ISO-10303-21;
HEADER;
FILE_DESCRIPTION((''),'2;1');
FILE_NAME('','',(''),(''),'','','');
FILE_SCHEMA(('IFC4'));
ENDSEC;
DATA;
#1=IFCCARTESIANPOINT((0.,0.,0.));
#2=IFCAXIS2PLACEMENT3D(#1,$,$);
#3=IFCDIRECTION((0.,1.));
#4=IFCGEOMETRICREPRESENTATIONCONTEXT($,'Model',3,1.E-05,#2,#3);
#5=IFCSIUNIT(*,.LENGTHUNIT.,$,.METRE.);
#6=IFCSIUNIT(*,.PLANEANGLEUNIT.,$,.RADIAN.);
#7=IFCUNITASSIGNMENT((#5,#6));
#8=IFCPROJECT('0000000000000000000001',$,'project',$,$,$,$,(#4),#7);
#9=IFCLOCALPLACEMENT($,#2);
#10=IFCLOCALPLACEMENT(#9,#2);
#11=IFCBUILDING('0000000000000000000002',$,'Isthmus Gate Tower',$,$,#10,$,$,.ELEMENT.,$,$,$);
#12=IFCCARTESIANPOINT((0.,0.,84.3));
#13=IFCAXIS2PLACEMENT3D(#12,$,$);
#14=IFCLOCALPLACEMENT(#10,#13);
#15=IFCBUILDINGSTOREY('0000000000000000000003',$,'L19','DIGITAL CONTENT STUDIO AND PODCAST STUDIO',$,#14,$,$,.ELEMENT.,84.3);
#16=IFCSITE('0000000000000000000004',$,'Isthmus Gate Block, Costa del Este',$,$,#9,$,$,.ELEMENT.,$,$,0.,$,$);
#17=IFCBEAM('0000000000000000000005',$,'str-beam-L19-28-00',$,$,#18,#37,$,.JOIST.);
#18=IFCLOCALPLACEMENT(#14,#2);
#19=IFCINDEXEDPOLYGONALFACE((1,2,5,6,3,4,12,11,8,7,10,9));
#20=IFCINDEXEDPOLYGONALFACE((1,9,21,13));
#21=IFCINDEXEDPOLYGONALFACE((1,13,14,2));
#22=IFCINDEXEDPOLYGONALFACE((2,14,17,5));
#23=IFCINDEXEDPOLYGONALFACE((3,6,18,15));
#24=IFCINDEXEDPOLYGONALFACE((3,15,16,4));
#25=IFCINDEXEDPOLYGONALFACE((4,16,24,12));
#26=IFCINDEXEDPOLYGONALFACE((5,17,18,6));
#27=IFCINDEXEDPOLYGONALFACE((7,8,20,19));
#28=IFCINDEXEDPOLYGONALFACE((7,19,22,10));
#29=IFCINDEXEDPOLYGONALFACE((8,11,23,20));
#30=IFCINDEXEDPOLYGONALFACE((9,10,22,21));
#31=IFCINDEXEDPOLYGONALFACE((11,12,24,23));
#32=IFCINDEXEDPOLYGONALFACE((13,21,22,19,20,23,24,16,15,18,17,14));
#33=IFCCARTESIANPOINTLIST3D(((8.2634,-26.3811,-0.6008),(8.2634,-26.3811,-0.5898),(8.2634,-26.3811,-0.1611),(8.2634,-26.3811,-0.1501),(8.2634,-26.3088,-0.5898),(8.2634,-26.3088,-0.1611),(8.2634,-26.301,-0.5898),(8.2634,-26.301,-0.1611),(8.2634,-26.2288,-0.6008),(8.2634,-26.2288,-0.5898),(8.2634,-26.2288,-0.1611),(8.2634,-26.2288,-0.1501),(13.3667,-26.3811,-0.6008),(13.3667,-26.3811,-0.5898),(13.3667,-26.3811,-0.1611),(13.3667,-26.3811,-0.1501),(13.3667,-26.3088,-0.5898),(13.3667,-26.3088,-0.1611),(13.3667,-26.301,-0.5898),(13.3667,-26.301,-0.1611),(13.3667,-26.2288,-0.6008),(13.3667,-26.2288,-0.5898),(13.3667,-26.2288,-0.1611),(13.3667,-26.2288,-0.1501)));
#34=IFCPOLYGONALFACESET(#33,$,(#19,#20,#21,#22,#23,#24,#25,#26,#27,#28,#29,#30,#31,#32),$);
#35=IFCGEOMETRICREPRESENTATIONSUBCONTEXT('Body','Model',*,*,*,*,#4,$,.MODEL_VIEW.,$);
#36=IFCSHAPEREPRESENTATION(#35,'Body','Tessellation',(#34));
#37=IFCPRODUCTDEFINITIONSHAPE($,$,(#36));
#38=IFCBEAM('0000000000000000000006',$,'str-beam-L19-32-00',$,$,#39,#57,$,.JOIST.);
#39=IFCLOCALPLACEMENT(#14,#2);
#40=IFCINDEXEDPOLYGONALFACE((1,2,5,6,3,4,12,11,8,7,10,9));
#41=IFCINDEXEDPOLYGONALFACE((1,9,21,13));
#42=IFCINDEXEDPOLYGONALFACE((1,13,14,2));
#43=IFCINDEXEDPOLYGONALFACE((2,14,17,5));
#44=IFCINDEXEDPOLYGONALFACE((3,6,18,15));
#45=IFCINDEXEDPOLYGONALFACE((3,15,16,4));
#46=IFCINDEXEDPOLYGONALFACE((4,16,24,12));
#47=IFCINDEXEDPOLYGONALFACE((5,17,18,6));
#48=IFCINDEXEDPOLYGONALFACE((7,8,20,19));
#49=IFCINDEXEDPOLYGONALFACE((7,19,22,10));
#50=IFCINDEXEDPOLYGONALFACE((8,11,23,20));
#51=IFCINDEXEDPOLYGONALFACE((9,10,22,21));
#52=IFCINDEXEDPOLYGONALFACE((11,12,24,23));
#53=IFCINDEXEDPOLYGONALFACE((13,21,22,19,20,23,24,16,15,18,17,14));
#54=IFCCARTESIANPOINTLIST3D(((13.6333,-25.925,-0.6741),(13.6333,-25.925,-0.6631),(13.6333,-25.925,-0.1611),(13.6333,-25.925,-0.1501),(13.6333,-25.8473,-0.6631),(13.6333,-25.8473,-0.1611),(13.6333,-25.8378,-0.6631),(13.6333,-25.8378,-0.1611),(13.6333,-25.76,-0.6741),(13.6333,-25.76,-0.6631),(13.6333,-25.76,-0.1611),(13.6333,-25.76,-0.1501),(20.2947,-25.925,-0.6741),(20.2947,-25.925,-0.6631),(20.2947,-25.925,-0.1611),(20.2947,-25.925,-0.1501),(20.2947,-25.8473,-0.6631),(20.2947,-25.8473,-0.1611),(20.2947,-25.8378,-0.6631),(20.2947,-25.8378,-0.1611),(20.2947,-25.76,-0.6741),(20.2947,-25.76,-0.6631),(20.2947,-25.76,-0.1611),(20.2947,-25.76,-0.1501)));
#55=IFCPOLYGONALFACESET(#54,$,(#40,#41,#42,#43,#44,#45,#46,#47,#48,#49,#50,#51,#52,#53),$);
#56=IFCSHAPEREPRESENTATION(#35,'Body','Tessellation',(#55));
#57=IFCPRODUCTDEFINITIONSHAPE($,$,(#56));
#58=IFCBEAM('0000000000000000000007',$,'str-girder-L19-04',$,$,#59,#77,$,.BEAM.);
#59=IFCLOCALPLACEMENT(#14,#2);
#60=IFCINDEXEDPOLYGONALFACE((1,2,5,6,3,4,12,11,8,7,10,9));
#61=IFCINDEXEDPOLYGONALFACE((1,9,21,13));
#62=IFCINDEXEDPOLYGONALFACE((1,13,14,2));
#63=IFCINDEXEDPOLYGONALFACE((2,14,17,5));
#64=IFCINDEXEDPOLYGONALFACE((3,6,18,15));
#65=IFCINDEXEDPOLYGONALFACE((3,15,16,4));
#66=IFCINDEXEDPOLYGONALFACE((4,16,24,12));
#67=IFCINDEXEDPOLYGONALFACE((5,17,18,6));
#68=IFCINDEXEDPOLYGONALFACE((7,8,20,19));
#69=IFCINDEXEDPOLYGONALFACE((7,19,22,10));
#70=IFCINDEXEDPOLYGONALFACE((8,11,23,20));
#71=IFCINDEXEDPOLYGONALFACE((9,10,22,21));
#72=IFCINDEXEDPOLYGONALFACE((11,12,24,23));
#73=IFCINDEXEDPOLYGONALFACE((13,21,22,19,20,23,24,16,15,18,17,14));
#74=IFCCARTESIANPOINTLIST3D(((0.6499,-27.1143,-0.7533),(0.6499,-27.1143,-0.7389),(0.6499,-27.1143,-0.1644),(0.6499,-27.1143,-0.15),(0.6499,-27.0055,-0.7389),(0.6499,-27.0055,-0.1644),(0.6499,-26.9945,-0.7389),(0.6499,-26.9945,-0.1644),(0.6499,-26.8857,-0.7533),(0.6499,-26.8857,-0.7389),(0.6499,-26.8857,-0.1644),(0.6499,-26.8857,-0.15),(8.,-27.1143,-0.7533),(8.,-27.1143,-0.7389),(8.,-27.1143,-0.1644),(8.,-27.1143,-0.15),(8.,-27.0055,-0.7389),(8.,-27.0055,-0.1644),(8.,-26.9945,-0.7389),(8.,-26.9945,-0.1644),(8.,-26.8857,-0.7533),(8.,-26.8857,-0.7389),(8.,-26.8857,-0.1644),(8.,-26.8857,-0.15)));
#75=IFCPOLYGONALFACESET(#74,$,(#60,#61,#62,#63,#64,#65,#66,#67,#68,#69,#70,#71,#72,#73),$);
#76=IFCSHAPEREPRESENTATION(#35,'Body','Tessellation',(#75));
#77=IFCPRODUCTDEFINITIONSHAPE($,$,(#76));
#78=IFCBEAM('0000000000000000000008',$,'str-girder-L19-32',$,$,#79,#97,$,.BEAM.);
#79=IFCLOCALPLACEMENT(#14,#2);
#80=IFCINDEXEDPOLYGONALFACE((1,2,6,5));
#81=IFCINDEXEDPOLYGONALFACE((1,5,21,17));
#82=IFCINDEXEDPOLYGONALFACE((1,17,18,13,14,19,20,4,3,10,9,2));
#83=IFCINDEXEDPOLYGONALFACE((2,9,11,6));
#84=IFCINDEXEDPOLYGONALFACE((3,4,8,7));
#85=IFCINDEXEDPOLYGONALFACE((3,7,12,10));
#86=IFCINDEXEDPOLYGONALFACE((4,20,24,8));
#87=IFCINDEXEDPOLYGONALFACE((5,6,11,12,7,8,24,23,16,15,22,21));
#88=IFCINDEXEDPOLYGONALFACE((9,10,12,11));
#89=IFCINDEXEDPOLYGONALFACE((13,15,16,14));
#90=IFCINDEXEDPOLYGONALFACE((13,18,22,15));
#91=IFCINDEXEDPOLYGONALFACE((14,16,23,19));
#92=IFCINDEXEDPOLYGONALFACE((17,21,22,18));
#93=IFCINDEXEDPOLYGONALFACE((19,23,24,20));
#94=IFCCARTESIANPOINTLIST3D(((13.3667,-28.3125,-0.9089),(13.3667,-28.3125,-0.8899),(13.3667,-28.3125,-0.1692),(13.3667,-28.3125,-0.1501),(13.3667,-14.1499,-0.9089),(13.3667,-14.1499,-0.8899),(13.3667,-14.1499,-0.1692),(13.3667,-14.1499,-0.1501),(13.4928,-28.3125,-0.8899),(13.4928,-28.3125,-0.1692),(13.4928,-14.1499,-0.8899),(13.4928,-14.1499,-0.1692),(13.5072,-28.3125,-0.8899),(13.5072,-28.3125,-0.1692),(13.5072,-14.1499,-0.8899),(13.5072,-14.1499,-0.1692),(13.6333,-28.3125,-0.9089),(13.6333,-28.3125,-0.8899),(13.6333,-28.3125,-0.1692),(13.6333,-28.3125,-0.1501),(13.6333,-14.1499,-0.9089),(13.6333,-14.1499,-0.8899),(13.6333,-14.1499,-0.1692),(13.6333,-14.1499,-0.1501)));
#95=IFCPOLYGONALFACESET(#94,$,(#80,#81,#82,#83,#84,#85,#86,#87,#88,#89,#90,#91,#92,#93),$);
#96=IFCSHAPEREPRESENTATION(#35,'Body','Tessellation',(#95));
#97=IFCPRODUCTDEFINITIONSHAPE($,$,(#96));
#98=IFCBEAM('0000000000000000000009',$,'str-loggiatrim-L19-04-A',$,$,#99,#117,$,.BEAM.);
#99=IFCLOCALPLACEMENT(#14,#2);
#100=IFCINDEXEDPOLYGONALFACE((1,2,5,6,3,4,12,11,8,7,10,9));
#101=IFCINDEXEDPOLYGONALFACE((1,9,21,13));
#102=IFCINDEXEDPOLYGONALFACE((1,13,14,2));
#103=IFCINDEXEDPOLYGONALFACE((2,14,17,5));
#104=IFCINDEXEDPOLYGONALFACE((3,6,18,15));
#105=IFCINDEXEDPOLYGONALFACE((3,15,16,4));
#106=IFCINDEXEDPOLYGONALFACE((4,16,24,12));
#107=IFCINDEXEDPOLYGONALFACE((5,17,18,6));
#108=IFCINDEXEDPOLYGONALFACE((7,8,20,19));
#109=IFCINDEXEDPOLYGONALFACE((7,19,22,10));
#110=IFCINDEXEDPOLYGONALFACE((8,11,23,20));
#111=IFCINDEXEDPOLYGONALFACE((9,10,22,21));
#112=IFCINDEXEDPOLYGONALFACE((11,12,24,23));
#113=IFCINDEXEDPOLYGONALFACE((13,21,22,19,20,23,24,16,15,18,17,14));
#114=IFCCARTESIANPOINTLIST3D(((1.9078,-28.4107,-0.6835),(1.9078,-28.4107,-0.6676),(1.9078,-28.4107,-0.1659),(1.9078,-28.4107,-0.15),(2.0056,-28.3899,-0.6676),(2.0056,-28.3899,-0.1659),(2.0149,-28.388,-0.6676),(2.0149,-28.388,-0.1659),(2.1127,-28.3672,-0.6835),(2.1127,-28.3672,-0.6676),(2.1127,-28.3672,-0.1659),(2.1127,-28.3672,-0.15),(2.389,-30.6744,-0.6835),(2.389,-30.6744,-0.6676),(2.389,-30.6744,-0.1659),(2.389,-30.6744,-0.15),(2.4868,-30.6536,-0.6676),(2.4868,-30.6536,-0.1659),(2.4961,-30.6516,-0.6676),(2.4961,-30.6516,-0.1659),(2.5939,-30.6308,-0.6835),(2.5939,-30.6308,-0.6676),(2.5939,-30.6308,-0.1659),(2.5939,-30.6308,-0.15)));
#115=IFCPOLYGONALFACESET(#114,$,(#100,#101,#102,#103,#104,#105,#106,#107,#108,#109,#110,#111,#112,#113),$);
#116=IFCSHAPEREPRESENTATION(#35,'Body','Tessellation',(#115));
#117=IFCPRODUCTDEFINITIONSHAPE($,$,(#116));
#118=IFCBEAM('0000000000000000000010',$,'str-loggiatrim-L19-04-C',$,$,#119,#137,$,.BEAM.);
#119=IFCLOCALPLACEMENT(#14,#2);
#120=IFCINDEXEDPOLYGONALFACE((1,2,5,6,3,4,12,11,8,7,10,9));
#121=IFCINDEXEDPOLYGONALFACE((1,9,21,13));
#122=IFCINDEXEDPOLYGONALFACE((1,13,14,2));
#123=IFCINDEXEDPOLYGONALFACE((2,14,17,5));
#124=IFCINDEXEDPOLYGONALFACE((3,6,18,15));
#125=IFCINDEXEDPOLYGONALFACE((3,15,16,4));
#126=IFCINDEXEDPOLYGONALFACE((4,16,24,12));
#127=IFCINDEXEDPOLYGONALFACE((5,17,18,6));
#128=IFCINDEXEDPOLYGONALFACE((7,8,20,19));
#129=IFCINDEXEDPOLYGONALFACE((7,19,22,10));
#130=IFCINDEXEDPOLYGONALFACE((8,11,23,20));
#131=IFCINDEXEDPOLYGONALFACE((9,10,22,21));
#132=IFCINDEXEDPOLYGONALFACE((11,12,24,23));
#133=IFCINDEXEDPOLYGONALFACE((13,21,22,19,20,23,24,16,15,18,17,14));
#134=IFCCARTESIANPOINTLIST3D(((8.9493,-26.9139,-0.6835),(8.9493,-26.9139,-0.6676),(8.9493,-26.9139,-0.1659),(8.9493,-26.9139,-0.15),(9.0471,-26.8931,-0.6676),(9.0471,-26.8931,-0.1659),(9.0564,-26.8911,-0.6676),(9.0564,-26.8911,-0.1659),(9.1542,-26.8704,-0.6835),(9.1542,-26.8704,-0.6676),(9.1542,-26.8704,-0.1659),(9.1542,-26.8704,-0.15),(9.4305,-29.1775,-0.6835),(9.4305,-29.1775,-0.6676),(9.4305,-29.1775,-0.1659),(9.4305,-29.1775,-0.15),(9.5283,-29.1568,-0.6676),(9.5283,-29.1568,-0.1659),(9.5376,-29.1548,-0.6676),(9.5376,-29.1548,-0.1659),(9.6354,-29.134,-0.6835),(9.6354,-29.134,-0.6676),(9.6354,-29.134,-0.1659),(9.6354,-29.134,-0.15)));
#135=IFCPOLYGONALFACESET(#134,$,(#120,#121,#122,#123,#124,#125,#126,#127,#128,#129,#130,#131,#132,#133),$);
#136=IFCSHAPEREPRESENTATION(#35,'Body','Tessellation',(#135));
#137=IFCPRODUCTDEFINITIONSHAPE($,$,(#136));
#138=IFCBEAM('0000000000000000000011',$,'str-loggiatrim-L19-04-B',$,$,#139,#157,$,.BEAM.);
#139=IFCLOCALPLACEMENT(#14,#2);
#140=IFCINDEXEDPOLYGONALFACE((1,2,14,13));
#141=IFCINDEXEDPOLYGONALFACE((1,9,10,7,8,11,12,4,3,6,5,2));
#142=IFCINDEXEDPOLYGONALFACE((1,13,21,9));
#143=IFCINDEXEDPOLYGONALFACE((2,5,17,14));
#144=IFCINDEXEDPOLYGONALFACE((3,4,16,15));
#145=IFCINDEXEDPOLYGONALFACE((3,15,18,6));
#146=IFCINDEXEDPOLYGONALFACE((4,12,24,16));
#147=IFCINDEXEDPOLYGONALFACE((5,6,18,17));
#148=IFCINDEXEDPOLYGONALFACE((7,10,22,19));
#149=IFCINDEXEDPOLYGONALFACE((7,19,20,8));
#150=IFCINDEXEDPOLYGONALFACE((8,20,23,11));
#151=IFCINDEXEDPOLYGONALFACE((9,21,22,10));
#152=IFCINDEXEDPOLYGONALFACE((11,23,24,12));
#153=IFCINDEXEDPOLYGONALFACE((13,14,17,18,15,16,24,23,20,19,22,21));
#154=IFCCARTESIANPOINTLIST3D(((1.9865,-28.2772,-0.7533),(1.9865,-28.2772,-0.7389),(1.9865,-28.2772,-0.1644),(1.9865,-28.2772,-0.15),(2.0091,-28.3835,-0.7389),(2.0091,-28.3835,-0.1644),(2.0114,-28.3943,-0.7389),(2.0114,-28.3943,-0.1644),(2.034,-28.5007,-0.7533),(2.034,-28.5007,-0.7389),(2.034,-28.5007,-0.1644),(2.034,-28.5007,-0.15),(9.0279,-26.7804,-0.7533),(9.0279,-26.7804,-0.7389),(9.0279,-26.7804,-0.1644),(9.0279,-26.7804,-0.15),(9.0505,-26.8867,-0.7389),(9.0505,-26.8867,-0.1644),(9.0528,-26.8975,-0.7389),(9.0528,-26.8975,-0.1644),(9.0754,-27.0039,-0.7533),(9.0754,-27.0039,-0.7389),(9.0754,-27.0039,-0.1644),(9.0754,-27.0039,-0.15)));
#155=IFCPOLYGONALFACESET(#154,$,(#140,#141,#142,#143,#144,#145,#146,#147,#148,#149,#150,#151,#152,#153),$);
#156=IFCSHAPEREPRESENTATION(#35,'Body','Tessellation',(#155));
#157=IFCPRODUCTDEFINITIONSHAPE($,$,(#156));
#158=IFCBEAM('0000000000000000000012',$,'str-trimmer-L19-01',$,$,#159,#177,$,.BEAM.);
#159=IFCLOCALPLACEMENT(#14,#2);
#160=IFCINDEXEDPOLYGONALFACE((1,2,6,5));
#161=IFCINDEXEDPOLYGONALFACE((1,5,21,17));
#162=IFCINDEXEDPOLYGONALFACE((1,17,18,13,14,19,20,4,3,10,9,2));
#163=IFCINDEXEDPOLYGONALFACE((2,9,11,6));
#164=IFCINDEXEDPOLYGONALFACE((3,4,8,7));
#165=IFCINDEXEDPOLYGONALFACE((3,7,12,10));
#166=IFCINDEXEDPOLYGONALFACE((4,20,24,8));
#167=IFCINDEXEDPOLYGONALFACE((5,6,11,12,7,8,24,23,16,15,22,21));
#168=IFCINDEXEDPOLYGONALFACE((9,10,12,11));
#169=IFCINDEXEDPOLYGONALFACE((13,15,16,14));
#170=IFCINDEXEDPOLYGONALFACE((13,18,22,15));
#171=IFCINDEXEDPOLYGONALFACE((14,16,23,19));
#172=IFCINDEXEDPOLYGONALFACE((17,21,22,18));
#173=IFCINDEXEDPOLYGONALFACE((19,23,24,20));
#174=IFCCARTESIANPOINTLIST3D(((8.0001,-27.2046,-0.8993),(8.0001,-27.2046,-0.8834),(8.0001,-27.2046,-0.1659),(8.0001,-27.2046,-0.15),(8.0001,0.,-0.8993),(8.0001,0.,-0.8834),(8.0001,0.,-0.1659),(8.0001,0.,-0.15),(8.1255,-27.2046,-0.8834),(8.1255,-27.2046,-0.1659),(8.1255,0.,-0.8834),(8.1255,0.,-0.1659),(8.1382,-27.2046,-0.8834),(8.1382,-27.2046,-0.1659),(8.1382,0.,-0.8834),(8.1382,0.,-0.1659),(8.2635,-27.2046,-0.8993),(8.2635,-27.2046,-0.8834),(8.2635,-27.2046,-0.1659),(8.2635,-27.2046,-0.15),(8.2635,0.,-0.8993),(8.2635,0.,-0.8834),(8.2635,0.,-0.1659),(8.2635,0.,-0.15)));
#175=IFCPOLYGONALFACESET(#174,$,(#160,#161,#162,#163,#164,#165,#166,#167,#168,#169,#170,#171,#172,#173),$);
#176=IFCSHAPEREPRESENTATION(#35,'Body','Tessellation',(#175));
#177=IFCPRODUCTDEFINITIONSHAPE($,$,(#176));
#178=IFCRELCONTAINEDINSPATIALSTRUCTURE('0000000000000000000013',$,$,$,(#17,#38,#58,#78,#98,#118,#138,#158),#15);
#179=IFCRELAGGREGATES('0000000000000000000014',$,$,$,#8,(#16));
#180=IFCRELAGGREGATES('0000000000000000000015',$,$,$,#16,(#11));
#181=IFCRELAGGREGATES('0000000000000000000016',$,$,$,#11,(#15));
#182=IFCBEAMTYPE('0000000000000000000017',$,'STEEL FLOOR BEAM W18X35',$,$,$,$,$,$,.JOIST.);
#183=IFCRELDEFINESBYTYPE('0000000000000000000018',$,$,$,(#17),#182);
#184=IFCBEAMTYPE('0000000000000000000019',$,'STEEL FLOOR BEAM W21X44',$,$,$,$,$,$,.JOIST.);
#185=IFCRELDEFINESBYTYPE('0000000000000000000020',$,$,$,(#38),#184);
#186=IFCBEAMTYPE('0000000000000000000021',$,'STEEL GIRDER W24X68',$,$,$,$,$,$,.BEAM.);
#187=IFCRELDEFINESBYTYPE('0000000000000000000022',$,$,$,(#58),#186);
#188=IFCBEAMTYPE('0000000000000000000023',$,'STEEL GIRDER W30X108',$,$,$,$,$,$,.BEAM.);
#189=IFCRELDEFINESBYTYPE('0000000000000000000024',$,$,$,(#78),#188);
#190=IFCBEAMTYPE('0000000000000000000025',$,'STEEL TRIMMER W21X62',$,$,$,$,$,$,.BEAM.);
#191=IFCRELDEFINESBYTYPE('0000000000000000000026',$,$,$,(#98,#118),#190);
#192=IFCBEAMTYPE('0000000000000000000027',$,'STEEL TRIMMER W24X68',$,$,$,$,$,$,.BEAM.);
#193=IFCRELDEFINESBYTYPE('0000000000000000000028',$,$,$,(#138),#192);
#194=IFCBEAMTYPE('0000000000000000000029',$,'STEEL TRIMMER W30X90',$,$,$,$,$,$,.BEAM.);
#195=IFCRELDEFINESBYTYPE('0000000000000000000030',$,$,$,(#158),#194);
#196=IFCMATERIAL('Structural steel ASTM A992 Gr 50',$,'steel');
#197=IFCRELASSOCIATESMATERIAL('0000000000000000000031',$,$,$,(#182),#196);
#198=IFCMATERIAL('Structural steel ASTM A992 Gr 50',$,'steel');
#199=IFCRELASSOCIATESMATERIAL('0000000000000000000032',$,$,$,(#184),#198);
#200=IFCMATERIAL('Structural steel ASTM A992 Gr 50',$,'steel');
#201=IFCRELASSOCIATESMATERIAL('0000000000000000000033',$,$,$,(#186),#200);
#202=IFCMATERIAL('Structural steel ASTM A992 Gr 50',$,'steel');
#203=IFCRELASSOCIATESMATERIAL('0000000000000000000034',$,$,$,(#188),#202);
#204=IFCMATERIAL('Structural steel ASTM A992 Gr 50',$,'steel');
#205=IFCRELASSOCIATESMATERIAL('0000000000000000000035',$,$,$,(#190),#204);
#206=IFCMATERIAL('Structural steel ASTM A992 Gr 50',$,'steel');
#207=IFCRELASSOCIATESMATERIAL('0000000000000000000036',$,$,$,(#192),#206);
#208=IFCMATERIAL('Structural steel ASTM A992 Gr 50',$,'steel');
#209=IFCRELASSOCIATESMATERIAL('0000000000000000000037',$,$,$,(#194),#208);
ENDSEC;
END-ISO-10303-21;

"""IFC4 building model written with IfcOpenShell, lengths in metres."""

from ifc_helpers import new_model, si_unit, direction, frame, origin, origin_2d, place, context, subcontext, project, spatial, i_section, extrude, material, material_profile, profile_set, type_object, element, save


model = new_model("IFC4")

# Units and contexts
model_context = context("Model", 3, precision=1e-05, world=origin(), true_north=direction((0.0, 1.0)))
body_context = subcontext(model_context, "Body", "Model", "MODEL_VIEW")
ifc_project = project(units=[si_unit("LENGTHUNIT", "METRE"), si_unit("PLANEANGLEUNIT", "RADIAN")], contexts=[model_context])

# Site, building, storey
site_placement = place(None, origin())
site = spatial("IfcSite", under=ifc_project, at=site_placement, Name="Isthmus Gate Block, Costa del Este", CompositionType="ELEMENT", RefElevation=0.0)
building_placement = place(site_placement, origin())
building = spatial("IfcBuilding", under=site, at=building_placement, Name="Isthmus Gate Tower", CompositionType="ELEMENT")
storey_placement = place(building_placement, frame((0.0, 0.0, 84.3)))
storey = spatial("IfcBuildingStorey", under=building, at=storey_placement, Name="L19", Description="DIGITAL CONTENT STUDIO AND PODCAST STUDIO", CompositionType="ELEMENT", Elevation=84.3)

# Beams
ifc_material_1 = material(Name="Structural steel ASTM A992 Gr 50", Category="steel")
ifc_material_profile_1 = material_profile(ifc_material_1, i_section(OverallWidth=0.1523, OverallDepth=0.4507, WebThickness=0.0078, FlangeThickness=0.011, at=origin_2d()), Name="W18X35")
ifc_profile_set_1 = profile_set([ifc_material_profile_1], Name="Structural steel ASTM A992 Gr 50")
beam_type_1 = type_object("IfcBeamType", Name="STEEL FLOOR BEAM W18X35", PredefinedType="JOIST", material=ifc_profile_set_1)
beam_1_placement = place(storey_placement, frame((8.2634, -26.3049, -0.3755), z_axis=(1.0, 0.0, 0.0), x_axis=(0.0, 1.0, 0.0)))
element("IfcBeam", 1, at=beam_1_placement, inside=storey, type_object=beam_type_1, Name="str-beam-L19-28-00", PredefinedType="JOIST", context=body_context, shape_type="SweptSolid", body=[
    extrude(i_section(OverallWidth=0.1523, OverallDepth=0.4507, WebThickness=0.0078, FlangeThickness=0.011, at=origin_2d()), origin(), (0.0, 0.0, 1.0), 5.1033),
])
ifc_material_2 = material(Name="Structural steel ASTM A992 Gr 50", Category="steel")
ifc_material_profile_2 = material_profile(ifc_material_2, i_section(OverallWidth=0.165, OverallDepth=0.5239, WebThickness=0.0095, FlangeThickness=0.011, at=origin_2d()), Name="W21X44")
ifc_profile_set_2 = profile_set([ifc_material_profile_2], Name="Structural steel ASTM A992 Gr 50")
beam_type_2 = type_object("IfcBeamType", Name="STEEL FLOOR BEAM W21X44", PredefinedType="JOIST", material=ifc_profile_set_2)
beam_2_placement = place(storey_placement, frame((13.6333, -25.8425, -0.4121), z_axis=(1.0, 0.0, 0.0), x_axis=(0.0, 1.0, 0.0)))
element("IfcBeam", 2, at=beam_2_placement, inside=storey, type_object=beam_type_2, Name="str-beam-L19-32-00", PredefinedType="JOIST", context=body_context, shape_type="SweptSolid", body=[
    extrude(i_section(OverallWidth=0.165, OverallDepth=0.5239, WebThickness=0.0095, FlangeThickness=0.011, at=origin_2d()), origin(), (0.0, 0.0, 1.0), 6.6614),
])
ifc_material_3 = material(Name="Structural steel ASTM A992 Gr 50", Category="steel")
ifc_material_profile_3 = material_profile(ifc_material_3, i_section(OverallWidth=0.2285, OverallDepth=0.6033, WebThickness=0.011, FlangeThickness=0.0144, at=origin_2d()), Name="W24X68")
ifc_profile_set_3 = profile_set([ifc_material_profile_3], Name="Structural steel ASTM A992 Gr 50")
beam_type_3 = type_object("IfcBeamType", Name="STEEL GIRDER W24X68", PredefinedType="BEAM", material=ifc_profile_set_3)
beam_3_placement = place(storey_placement, frame((0.6499, -27.0, -0.4517), z_axis=(1.0, 0.0, 0.0), x_axis=(0.0, 1.0, 0.0)))
element("IfcBeam", 3, at=beam_3_placement, inside=storey, type_object=beam_type_3, Name="str-girder-L19-04", PredefinedType="BEAM", context=body_context, shape_type="SweptSolid", body=[
    extrude(i_section(OverallWidth=0.2285, OverallDepth=0.6033, WebThickness=0.011, FlangeThickness=0.0144, at=origin_2d()), origin(), (0.0, 0.0, 1.0), 7.3501),
])
ifc_material_4 = material(Name="Structural steel ASTM A992 Gr 50", Category="steel")
ifc_material_profile_4 = material_profile(ifc_material_4, i_section(OverallWidth=0.2666, OverallDepth=0.7588, WebThickness=0.0144, FlangeThickness=0.019, at=origin_2d()), Name="W30X108")
ifc_profile_set_4 = profile_set([ifc_material_profile_4], Name="Structural steel ASTM A992 Gr 50")
beam_type_4 = type_object("IfcBeamType", Name="STEEL GIRDER W30X108", PredefinedType="BEAM", material=ifc_profile_set_4)
beam_4_placement = place(storey_placement, frame((13.5, -28.3125, -0.5295), z_axis=(0.0, 1.0, 0.0), x_axis=(-1.0, 0.0, 0.0)))
element("IfcBeam", 4, at=beam_4_placement, inside=storey, type_object=beam_type_4, Name="str-girder-L19-32", PredefinedType="BEAM", context=body_context, shape_type="SweptSolid", body=[
    extrude(i_section(OverallWidth=0.2666, OverallDepth=0.7588, WebThickness=0.0144, FlangeThickness=0.019, at=origin_2d()), origin(), (0.0, 0.0, 1.0), 14.1626),
])
ifc_material_5 = material(Name="Structural steel ASTM A992 Gr 50", Category="steel")
ifc_material_profile_5 = material_profile(ifc_material_5, i_section(OverallWidth=0.2095, OverallDepth=0.5334, WebThickness=0.0095, FlangeThickness=0.0159, at=origin_2d()), Name="W21X62")
ifc_profile_set_5 = profile_set([ifc_material_profile_5], Name="Structural steel ASTM A992 Gr 50")
beam_type_5 = type_object("IfcBeamType", Name="STEEL TRIMMER W21X62", PredefinedType="BEAM", material=ifc_profile_set_5)
for number, where, z_axis, x_axis, name in (
    (5, (2.4915, -30.6526, -0.4167), (-0.207929, 0.978144, 0.0), (-0.978144, -0.207929, 0.0), "str-loggiatrim-L19-04-A"),
    (6, (9.533, -29.1558, -0.4167), (-0.207929, 0.978144, 0.0), (-0.978144, -0.207929, 0.0), "str-loggiatrim-L19-04-C"),
):
    element("IfcBeam", number, at=place(storey_placement, frame(where, z_axis=z_axis, x_axis=x_axis)), inside=storey, type_object=beam_type_5, Name=name, PredefinedType="BEAM", context=body_context, shape_type="SweptSolid", body=[
        extrude(i_section(OverallWidth=0.2095, OverallDepth=0.5334, WebThickness=0.0095, FlangeThickness=0.0159, at=origin_2d()), origin(), (0.0, 0.0, 1.0), 2.3142),
    ])
ifc_material_6 = material(Name="Structural steel ASTM A992 Gr 50", Category="steel")
ifc_material_profile_6 = material_profile(ifc_material_6, i_section(OverallWidth=0.2285, OverallDepth=0.6033, WebThickness=0.011, FlangeThickness=0.0144, at=origin_2d()), Name="W24X68")
ifc_profile_set_6 = profile_set([ifc_material_profile_6], Name="Structural steel ASTM A992 Gr 50")
beam_type_6 = type_object("IfcBeamType", Name="STEEL TRIMMER W24X68", PredefinedType="BEAM", material=ifc_profile_set_6)
beam_5_placement = place(storey_placement, frame((2.0103, -28.3889, -0.4517), z_axis=(0.978145, 0.207926, 0.0), x_axis=(-0.207926, 0.978145, 0.0)))
element("IfcBeam", 7, at=beam_5_placement, inside=storey, type_object=beam_type_6, Name="str-loggiatrim-L19-04-B", PredefinedType="BEAM", context=body_context, shape_type="SweptSolid", body=[
    extrude(i_section(OverallWidth=0.2285, OverallDepth=0.6033, WebThickness=0.011, FlangeThickness=0.0144, at=origin_2d()), origin(), (0.0, 0.0, 1.0), 7.1987),
])
ifc_material_7 = material(Name="Structural steel ASTM A992 Gr 50", Category="steel")
ifc_material_profile_7 = material_profile(ifc_material_7, i_section(OverallWidth=0.2634, OverallDepth=0.7493, WebThickness=0.0127, FlangeThickness=0.0159, at=origin_2d()), Name="W30X90")
ifc_profile_set_7 = profile_set([ifc_material_profile_7], Name="Structural steel ASTM A992 Gr 50")
beam_type_7 = type_object("IfcBeamType", Name="STEEL TRIMMER W30X90", PredefinedType="BEAM", material=ifc_profile_set_7)
beam_6_placement = place(storey_placement, frame((8.1318, -27.2046, -0.5247), z_axis=(0.0, 1.0, 0.0), x_axis=(-1.0, 0.0, 0.0)))
element("IfcBeam", 8, at=beam_6_placement, inside=storey, type_object=beam_type_7, Name="str-trimmer-L19-01", PredefinedType="BEAM", context=body_context, shape_type="SweptSolid", body=[
    extrude(i_section(OverallWidth=0.2634, OverallDepth=0.7493, WebThickness=0.0127, FlangeThickness=0.0159, at=origin_2d()), origin(), (0.0, 0.0, 1.0), 27.2046),
])

save(model, "model.ifc")
